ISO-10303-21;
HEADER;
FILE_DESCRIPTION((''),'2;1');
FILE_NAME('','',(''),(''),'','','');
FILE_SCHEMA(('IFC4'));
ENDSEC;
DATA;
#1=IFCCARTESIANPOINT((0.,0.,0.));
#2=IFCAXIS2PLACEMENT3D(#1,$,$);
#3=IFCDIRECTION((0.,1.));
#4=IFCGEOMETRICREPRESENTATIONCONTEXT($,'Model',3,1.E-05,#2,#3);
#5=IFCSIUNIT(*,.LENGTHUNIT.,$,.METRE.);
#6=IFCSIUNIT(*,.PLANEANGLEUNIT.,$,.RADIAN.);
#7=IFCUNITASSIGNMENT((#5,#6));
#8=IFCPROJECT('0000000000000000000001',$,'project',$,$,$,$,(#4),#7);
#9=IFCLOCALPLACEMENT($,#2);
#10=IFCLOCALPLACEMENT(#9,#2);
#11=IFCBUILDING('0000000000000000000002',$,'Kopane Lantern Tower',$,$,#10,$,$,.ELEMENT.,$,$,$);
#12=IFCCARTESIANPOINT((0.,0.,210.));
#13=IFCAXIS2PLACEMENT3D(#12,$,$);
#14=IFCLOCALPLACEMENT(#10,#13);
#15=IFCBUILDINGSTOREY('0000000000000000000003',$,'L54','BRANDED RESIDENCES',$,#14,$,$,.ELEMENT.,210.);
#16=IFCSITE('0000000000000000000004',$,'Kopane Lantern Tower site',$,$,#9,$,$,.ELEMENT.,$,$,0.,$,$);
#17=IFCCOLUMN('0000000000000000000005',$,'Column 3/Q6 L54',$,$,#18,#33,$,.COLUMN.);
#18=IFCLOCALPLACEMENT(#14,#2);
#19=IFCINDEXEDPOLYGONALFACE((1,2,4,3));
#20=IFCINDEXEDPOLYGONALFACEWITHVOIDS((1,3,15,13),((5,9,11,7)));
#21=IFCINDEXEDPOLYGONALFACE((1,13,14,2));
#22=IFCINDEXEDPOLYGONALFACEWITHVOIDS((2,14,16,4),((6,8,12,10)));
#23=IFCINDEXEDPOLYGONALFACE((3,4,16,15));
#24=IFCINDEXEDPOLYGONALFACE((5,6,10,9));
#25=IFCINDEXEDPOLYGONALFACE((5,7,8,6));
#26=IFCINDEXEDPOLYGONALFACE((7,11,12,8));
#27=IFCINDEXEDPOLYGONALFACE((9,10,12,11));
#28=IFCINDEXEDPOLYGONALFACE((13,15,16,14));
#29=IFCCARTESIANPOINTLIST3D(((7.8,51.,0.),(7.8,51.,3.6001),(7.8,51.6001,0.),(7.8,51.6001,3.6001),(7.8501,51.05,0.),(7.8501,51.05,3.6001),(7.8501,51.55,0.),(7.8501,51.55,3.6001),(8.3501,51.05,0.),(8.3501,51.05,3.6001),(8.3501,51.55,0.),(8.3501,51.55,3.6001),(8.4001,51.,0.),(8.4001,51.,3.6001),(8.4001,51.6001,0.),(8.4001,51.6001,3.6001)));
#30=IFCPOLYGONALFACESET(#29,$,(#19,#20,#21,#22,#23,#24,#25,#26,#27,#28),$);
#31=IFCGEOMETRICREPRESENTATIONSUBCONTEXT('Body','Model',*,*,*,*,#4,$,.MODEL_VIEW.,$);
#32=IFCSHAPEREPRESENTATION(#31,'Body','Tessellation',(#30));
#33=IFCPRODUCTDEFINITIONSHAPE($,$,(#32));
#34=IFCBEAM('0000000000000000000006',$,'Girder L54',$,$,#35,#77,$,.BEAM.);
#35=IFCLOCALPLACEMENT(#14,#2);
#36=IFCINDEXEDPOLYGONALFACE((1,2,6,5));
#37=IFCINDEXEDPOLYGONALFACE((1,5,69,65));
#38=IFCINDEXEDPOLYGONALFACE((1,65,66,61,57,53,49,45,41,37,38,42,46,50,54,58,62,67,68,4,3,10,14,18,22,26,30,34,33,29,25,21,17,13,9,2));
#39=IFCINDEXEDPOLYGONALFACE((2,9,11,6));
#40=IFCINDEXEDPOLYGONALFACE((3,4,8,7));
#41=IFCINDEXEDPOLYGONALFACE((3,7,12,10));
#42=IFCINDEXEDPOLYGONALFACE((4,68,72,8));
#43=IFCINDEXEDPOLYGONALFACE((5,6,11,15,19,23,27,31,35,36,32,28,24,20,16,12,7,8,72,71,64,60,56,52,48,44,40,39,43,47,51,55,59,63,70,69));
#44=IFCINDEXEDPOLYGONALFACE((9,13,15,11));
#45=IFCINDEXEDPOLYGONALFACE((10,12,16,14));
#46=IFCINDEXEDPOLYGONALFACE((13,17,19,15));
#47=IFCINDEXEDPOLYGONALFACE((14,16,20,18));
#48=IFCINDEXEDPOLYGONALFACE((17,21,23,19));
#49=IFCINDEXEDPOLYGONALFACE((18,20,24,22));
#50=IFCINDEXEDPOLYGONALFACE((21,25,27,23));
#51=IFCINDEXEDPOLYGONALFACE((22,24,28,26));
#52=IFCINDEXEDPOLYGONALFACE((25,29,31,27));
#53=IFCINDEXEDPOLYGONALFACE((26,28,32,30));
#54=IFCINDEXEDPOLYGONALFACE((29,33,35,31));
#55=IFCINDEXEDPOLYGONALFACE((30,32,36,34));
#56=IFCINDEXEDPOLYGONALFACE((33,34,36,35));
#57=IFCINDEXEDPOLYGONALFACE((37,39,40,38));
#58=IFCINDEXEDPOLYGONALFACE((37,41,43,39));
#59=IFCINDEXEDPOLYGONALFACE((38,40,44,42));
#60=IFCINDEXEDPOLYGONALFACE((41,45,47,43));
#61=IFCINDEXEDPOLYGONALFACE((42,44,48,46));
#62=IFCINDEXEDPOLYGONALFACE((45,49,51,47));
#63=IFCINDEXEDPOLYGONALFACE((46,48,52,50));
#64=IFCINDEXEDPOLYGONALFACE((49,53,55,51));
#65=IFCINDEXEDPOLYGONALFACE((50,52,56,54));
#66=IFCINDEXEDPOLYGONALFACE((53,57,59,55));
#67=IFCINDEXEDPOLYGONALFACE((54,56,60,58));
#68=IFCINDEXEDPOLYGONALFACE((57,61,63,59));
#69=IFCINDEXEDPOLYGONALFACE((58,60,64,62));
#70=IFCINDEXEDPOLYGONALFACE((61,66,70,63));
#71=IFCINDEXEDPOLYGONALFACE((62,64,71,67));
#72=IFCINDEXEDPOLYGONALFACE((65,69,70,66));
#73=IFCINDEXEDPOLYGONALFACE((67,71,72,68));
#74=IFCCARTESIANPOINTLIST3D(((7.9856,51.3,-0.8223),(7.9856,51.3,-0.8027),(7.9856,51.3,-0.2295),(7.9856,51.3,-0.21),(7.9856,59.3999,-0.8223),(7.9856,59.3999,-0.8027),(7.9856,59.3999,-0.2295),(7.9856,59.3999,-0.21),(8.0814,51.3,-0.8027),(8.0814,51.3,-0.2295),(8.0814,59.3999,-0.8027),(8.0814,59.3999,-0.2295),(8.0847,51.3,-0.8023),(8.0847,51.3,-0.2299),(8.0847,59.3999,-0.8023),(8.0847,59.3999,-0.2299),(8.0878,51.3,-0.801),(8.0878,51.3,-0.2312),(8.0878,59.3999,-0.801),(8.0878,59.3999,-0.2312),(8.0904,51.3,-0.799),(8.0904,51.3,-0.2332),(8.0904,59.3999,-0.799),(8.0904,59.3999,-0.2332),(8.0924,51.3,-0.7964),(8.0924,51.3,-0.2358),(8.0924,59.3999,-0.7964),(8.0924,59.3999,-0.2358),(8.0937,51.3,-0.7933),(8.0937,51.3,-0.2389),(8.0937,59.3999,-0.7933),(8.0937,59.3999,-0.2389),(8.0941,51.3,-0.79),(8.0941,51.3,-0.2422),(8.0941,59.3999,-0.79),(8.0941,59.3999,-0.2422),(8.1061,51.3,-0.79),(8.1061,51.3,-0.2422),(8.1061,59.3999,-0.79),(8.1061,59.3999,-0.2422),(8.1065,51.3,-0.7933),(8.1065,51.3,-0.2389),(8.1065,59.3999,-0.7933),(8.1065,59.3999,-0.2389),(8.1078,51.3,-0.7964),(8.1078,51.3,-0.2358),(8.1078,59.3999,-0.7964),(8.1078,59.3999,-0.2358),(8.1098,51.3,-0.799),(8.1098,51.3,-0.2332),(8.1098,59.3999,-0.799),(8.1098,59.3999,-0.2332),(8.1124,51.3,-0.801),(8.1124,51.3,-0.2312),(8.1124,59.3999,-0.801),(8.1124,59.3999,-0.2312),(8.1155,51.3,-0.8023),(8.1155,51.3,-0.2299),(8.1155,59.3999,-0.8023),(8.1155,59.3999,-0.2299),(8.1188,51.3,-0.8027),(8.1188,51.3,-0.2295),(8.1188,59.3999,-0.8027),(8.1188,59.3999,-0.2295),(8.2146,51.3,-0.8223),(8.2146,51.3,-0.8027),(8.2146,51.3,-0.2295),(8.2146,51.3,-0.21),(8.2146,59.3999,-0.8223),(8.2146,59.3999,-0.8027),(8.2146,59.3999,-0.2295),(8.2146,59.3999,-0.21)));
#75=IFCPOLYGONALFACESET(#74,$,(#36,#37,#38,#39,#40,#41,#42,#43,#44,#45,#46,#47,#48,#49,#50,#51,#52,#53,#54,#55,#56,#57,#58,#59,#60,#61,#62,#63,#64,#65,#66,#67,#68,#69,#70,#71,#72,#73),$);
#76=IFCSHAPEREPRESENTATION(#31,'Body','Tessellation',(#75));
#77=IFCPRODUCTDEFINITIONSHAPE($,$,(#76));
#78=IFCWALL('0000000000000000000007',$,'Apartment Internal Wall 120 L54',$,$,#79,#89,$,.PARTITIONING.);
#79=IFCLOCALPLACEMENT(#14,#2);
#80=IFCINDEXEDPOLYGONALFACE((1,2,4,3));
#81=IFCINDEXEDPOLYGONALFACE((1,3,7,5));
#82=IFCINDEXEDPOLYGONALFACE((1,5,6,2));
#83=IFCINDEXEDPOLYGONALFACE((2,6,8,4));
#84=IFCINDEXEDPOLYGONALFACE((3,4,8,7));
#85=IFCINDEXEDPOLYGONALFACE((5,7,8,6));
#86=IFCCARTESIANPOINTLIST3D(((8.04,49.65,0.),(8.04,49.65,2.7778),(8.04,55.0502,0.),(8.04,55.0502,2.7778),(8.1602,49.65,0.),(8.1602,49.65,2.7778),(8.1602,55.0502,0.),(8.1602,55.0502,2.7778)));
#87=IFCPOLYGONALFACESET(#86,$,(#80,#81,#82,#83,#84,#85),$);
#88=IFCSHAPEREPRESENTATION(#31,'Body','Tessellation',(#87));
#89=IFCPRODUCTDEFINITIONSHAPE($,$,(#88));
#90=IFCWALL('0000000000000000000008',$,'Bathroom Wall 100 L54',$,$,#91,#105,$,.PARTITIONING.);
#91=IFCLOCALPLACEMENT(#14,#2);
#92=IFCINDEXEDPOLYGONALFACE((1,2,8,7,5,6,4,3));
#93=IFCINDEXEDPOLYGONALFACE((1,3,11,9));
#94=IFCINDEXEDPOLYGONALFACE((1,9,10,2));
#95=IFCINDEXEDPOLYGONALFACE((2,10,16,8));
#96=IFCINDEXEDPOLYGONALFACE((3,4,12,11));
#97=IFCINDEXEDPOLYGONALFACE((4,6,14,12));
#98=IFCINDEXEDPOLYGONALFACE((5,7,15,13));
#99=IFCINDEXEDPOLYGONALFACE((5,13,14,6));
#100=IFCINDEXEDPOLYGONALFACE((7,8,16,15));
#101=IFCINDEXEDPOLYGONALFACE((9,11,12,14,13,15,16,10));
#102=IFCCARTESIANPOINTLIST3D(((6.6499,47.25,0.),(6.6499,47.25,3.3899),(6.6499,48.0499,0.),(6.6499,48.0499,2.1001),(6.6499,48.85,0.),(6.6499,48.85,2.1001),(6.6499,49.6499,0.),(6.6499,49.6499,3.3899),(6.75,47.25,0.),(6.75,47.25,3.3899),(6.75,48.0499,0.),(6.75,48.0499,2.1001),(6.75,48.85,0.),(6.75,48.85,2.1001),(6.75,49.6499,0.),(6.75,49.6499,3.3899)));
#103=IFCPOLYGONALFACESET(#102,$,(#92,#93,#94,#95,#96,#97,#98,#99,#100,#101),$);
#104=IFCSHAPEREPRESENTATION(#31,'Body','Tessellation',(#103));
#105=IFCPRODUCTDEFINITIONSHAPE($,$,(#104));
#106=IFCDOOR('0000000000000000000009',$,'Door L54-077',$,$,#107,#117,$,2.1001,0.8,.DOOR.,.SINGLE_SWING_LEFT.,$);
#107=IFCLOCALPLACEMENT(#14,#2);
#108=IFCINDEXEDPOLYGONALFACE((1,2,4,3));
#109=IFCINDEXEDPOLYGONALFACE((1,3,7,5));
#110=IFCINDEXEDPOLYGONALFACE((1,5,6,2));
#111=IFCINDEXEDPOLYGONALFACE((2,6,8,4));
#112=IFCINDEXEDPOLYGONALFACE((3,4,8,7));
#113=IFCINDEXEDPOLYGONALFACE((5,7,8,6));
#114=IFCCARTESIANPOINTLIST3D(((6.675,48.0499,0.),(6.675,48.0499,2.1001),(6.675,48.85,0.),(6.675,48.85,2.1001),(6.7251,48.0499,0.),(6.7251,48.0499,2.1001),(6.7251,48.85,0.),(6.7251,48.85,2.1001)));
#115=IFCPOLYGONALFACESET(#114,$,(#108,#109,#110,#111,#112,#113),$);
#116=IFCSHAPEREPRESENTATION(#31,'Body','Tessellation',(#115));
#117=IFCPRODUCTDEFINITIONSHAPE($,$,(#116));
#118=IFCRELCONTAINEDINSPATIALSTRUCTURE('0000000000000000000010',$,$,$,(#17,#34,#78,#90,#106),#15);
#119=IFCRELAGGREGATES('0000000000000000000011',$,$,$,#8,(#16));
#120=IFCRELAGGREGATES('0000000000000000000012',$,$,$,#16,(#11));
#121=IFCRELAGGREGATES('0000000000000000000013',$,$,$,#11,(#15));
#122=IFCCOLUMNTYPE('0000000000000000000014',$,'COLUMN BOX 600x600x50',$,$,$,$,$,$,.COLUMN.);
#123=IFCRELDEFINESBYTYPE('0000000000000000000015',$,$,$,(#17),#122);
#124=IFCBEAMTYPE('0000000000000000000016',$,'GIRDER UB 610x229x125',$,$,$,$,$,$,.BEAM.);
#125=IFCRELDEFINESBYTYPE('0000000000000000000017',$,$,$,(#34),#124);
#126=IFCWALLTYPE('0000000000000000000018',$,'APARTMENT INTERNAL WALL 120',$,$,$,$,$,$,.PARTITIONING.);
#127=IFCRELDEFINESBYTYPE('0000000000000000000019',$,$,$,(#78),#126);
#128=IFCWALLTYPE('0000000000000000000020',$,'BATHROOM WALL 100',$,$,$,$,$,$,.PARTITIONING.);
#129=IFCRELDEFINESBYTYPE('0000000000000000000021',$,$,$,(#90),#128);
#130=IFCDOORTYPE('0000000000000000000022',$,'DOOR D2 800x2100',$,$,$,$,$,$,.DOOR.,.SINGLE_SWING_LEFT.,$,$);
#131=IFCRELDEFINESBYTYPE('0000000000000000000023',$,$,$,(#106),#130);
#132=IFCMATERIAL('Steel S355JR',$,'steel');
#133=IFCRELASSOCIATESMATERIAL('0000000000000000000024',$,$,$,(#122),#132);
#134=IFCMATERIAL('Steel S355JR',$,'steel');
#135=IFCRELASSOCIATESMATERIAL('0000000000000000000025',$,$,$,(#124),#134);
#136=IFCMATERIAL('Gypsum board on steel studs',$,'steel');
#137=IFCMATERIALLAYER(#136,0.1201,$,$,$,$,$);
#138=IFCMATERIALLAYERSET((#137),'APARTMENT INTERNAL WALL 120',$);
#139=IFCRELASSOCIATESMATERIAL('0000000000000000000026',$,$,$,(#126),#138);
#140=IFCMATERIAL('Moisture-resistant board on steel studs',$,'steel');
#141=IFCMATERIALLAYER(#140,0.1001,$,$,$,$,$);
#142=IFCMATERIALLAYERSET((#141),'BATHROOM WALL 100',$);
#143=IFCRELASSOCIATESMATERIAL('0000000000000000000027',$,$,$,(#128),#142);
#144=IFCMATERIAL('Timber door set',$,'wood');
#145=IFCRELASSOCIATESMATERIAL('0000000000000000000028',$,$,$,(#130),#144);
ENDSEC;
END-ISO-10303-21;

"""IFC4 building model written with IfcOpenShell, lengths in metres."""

from ifc_helpers import new_model, si_unit, direction, frame, frame_2d, origin, origin_2d, place, context, subcontext, project, spatial, rectangle, hollow_rectangle, i_section, extrude, material, layer, layer_set, material_profile, profile_set, type_object, element, fill, save


model = new_model("IFC4")

# Units and contexts
model_context = context("Model", 3, precision=1e-05, world=origin(), true_north=direction((0.0, 1.0)))
body_context = subcontext(model_context, "Body", "Model", "MODEL_VIEW")
ifc_project = project(units=[si_unit("LENGTHUNIT", "METRE"), si_unit("PLANEANGLEUNIT", "RADIAN")], contexts=[model_context])

# Site, building, storey
site_placement = place(None, origin())
site = spatial("IfcSite", under=ifc_project, at=site_placement, Name="Kopane Lantern Tower site", CompositionType="ELEMENT", RefElevation=0.0)
building_placement = place(site_placement, origin())
building = spatial("IfcBuilding", under=site, at=building_placement, Name="Kopane Lantern Tower", CompositionType="ELEMENT")
storey_placement = place(building_placement, frame((0.0, 0.0, 210.0)))
storey = spatial("IfcBuildingStorey", under=building, at=storey_placement, Name="L54", Description="BRANDED RESIDENCES", CompositionType="ELEMENT", Elevation=210.0)

# Column
ifc_material_1 = material(Name="Steel S355JR", Category="steel")
ifc_material_profile_1 = material_profile(ifc_material_1, hollow_rectangle(XDim=0.6001, YDim=0.6001, WallThickness=0.05, at=origin_2d()), Name="BOX 600x600x50")
ifc_profile_set_1 = profile_set([ifc_material_profile_1], Name="Steel S355JR")
column_type = type_object("IfcColumnType", Name="COLUMN BOX 600x600x50", PredefinedType="COLUMN", material=ifc_profile_set_1)
column_placement = place(storey_placement, frame((8.1001, 51.3, 0.0), z_axis=(0.0, 0.0, 1.0), x_axis=(1.0, 0.0, 0.0)))
element("IfcColumn", 1, at=column_placement, inside=storey, type_object=column_type, Name="Column 3/Q6 L54", PredefinedType="COLUMN", context=body_context, shape_type="SweptSolid", body=[
    extrude(hollow_rectangle(XDim=0.6001, YDim=0.6001, WallThickness=0.05, at=origin_2d()), origin(), (0.0, 0.0, 1.0), 3.6001),
])

# Beam
ifc_material_2 = material(Name="Steel S355JR", Category="steel")
ifc_material_profile_2 = material_profile(ifc_material_2, i_section(OverallWidth=0.229, OverallDepth=0.6123, WebThickness=0.012, FlangeThickness=0.0195, FilletRadius=0.0127, at=origin_2d()), Name="UB 610x229x125")
ifc_profile_set_2 = profile_set([ifc_material_profile_2], Name="Steel S355JR")
beam_type = type_object("IfcBeamType", Name="GIRDER UB 610x229x125", PredefinedType="BEAM", material=ifc_profile_set_2)
beam_placement = place(storey_placement, frame((8.1001, 51.3, -0.5161), z_axis=(0.0, 1.0, 0.0), x_axis=(-1.0, 0.0, 0.0)))
element("IfcBeam", 2, at=beam_placement, inside=storey, type_object=beam_type, Name="Girder L54", PredefinedType="BEAM", context=body_context, shape_type="SweptSolid", body=[
    extrude(i_section(OverallWidth=0.229, OverallDepth=0.6123, WebThickness=0.012, FlangeThickness=0.0195, FilletRadius=0.0127, at=origin_2d()), origin(), (0.0, 0.0, 1.0), 8.0999),
])

# Wall
ifc_material_3 = material(Name="Gypsum board on steel studs", Category="steel")
ifc_layer_1 = layer(ifc_material_3, 0.1201)
ifc_layer_set_1 = layer_set([ifc_layer_1], Name="APARTMENT INTERNAL WALL 120")
wall_type_1 = type_object("IfcWallType", Name="APARTMENT INTERNAL WALL 120", PredefinedType="PARTITIONING", material=ifc_layer_set_1)
wall_1_placement = place(storey_placement, frame((8.1001, 49.6499, 0.0), z_axis=(0.0, 0.0, 1.0), x_axis=(0.0, 1.0, 0.0)))
element("IfcWall", 3, at=wall_1_placement, inside=storey, type_object=wall_type_1, Name="Apartment Internal Wall 120 L54", PredefinedType="PARTITIONING", context=body_context, shape_type="SweptSolid", body=[
    extrude(rectangle(XDim=5.4001, YDim=0.1201, at=frame_2d((2.7002, 0.0))), origin(), (0.0, 0.0, 1.0), 2.7778),
])

# Wall, opening, door
ifc_material_4 = material(Name="Moisture-resistant board on steel studs", Category="steel")
ifc_layer_2 = layer(ifc_material_4, 0.1001)
ifc_layer_set_2 = layer_set([ifc_layer_2], Name="BATHROOM WALL 100")
wall_type_2 = type_object("IfcWallType", Name="BATHROOM WALL 100", PredefinedType="PARTITIONING", material=ifc_layer_set_2)
wall_2_placement = place(storey_placement, frame((6.7, 47.25, 0.0), z_axis=(0.0, 0.0, 1.0), x_axis=(0.0, 1.0, 0.0)))
wall_2 = element("IfcWall", 4, at=wall_2_placement, inside=storey, type_object=wall_type_2, Name="Bathroom Wall 100 L54", PredefinedType="PARTITIONING", context=body_context, shape_type="SweptSolid", body=[
    extrude(rectangle(XDim=2.3999, YDim=0.1001, at=frame_2d((1.2, 0.0))), origin(), (0.0, 0.0, 1.0), 3.3899),
])
opening_1_placement = place(wall_2_placement, frame((0.8, 0.0, 0.0)))
opening_1 = element("IfcOpeningElement", 5, at=opening_1_placement, cuts=wall_2, PredefinedType="OPENING", context=body_context, shape_type="SweptSolid", body=[
    extrude(rectangle(XDim=0.8, YDim=2.1001, at=frame_2d((0.3999, 1.05))), frame((0.0, 0.0601, 0.0), z_axis=(0.0, -1.0, 0.0), x_axis=(1.0, 0.0, 0.0)), (0.0, 0.0, 1.0), 0.1201),
])
ifc_material_5 = material(Name="Timber door set", Category="wood")
door_type_1 = type_object("IfcDoorType", Name="DOOR D2 800x2100", OperationType="SINGLE_SWING_LEFT", PredefinedType="DOOR", material=ifc_material_5)
door_1_placement = place(opening_1_placement, origin())
door_1 = element("IfcDoor", 6, at=door_1_placement, inside=storey, type_object=door_type_1, Name="Door L54-077", OperationType="SINGLE_SWING_LEFT", OverallHeight=2.1001, OverallWidth=0.8, PredefinedType="DOOR", context=body_context, shape_type="SweptSolid", body=[
    extrude(rectangle(XDim=0.8, YDim=2.1001, at=frame_2d((0.3999, 1.05))), frame((0.0, 0.0249, 0.0), z_axis=(0.0, -1.0, 0.0), x_axis=(1.0, 0.0, 0.0)), (0.0, 0.0, 1.0), 0.05),
])
fill(opening_1, door_1)

save(model, "model.ifc")
